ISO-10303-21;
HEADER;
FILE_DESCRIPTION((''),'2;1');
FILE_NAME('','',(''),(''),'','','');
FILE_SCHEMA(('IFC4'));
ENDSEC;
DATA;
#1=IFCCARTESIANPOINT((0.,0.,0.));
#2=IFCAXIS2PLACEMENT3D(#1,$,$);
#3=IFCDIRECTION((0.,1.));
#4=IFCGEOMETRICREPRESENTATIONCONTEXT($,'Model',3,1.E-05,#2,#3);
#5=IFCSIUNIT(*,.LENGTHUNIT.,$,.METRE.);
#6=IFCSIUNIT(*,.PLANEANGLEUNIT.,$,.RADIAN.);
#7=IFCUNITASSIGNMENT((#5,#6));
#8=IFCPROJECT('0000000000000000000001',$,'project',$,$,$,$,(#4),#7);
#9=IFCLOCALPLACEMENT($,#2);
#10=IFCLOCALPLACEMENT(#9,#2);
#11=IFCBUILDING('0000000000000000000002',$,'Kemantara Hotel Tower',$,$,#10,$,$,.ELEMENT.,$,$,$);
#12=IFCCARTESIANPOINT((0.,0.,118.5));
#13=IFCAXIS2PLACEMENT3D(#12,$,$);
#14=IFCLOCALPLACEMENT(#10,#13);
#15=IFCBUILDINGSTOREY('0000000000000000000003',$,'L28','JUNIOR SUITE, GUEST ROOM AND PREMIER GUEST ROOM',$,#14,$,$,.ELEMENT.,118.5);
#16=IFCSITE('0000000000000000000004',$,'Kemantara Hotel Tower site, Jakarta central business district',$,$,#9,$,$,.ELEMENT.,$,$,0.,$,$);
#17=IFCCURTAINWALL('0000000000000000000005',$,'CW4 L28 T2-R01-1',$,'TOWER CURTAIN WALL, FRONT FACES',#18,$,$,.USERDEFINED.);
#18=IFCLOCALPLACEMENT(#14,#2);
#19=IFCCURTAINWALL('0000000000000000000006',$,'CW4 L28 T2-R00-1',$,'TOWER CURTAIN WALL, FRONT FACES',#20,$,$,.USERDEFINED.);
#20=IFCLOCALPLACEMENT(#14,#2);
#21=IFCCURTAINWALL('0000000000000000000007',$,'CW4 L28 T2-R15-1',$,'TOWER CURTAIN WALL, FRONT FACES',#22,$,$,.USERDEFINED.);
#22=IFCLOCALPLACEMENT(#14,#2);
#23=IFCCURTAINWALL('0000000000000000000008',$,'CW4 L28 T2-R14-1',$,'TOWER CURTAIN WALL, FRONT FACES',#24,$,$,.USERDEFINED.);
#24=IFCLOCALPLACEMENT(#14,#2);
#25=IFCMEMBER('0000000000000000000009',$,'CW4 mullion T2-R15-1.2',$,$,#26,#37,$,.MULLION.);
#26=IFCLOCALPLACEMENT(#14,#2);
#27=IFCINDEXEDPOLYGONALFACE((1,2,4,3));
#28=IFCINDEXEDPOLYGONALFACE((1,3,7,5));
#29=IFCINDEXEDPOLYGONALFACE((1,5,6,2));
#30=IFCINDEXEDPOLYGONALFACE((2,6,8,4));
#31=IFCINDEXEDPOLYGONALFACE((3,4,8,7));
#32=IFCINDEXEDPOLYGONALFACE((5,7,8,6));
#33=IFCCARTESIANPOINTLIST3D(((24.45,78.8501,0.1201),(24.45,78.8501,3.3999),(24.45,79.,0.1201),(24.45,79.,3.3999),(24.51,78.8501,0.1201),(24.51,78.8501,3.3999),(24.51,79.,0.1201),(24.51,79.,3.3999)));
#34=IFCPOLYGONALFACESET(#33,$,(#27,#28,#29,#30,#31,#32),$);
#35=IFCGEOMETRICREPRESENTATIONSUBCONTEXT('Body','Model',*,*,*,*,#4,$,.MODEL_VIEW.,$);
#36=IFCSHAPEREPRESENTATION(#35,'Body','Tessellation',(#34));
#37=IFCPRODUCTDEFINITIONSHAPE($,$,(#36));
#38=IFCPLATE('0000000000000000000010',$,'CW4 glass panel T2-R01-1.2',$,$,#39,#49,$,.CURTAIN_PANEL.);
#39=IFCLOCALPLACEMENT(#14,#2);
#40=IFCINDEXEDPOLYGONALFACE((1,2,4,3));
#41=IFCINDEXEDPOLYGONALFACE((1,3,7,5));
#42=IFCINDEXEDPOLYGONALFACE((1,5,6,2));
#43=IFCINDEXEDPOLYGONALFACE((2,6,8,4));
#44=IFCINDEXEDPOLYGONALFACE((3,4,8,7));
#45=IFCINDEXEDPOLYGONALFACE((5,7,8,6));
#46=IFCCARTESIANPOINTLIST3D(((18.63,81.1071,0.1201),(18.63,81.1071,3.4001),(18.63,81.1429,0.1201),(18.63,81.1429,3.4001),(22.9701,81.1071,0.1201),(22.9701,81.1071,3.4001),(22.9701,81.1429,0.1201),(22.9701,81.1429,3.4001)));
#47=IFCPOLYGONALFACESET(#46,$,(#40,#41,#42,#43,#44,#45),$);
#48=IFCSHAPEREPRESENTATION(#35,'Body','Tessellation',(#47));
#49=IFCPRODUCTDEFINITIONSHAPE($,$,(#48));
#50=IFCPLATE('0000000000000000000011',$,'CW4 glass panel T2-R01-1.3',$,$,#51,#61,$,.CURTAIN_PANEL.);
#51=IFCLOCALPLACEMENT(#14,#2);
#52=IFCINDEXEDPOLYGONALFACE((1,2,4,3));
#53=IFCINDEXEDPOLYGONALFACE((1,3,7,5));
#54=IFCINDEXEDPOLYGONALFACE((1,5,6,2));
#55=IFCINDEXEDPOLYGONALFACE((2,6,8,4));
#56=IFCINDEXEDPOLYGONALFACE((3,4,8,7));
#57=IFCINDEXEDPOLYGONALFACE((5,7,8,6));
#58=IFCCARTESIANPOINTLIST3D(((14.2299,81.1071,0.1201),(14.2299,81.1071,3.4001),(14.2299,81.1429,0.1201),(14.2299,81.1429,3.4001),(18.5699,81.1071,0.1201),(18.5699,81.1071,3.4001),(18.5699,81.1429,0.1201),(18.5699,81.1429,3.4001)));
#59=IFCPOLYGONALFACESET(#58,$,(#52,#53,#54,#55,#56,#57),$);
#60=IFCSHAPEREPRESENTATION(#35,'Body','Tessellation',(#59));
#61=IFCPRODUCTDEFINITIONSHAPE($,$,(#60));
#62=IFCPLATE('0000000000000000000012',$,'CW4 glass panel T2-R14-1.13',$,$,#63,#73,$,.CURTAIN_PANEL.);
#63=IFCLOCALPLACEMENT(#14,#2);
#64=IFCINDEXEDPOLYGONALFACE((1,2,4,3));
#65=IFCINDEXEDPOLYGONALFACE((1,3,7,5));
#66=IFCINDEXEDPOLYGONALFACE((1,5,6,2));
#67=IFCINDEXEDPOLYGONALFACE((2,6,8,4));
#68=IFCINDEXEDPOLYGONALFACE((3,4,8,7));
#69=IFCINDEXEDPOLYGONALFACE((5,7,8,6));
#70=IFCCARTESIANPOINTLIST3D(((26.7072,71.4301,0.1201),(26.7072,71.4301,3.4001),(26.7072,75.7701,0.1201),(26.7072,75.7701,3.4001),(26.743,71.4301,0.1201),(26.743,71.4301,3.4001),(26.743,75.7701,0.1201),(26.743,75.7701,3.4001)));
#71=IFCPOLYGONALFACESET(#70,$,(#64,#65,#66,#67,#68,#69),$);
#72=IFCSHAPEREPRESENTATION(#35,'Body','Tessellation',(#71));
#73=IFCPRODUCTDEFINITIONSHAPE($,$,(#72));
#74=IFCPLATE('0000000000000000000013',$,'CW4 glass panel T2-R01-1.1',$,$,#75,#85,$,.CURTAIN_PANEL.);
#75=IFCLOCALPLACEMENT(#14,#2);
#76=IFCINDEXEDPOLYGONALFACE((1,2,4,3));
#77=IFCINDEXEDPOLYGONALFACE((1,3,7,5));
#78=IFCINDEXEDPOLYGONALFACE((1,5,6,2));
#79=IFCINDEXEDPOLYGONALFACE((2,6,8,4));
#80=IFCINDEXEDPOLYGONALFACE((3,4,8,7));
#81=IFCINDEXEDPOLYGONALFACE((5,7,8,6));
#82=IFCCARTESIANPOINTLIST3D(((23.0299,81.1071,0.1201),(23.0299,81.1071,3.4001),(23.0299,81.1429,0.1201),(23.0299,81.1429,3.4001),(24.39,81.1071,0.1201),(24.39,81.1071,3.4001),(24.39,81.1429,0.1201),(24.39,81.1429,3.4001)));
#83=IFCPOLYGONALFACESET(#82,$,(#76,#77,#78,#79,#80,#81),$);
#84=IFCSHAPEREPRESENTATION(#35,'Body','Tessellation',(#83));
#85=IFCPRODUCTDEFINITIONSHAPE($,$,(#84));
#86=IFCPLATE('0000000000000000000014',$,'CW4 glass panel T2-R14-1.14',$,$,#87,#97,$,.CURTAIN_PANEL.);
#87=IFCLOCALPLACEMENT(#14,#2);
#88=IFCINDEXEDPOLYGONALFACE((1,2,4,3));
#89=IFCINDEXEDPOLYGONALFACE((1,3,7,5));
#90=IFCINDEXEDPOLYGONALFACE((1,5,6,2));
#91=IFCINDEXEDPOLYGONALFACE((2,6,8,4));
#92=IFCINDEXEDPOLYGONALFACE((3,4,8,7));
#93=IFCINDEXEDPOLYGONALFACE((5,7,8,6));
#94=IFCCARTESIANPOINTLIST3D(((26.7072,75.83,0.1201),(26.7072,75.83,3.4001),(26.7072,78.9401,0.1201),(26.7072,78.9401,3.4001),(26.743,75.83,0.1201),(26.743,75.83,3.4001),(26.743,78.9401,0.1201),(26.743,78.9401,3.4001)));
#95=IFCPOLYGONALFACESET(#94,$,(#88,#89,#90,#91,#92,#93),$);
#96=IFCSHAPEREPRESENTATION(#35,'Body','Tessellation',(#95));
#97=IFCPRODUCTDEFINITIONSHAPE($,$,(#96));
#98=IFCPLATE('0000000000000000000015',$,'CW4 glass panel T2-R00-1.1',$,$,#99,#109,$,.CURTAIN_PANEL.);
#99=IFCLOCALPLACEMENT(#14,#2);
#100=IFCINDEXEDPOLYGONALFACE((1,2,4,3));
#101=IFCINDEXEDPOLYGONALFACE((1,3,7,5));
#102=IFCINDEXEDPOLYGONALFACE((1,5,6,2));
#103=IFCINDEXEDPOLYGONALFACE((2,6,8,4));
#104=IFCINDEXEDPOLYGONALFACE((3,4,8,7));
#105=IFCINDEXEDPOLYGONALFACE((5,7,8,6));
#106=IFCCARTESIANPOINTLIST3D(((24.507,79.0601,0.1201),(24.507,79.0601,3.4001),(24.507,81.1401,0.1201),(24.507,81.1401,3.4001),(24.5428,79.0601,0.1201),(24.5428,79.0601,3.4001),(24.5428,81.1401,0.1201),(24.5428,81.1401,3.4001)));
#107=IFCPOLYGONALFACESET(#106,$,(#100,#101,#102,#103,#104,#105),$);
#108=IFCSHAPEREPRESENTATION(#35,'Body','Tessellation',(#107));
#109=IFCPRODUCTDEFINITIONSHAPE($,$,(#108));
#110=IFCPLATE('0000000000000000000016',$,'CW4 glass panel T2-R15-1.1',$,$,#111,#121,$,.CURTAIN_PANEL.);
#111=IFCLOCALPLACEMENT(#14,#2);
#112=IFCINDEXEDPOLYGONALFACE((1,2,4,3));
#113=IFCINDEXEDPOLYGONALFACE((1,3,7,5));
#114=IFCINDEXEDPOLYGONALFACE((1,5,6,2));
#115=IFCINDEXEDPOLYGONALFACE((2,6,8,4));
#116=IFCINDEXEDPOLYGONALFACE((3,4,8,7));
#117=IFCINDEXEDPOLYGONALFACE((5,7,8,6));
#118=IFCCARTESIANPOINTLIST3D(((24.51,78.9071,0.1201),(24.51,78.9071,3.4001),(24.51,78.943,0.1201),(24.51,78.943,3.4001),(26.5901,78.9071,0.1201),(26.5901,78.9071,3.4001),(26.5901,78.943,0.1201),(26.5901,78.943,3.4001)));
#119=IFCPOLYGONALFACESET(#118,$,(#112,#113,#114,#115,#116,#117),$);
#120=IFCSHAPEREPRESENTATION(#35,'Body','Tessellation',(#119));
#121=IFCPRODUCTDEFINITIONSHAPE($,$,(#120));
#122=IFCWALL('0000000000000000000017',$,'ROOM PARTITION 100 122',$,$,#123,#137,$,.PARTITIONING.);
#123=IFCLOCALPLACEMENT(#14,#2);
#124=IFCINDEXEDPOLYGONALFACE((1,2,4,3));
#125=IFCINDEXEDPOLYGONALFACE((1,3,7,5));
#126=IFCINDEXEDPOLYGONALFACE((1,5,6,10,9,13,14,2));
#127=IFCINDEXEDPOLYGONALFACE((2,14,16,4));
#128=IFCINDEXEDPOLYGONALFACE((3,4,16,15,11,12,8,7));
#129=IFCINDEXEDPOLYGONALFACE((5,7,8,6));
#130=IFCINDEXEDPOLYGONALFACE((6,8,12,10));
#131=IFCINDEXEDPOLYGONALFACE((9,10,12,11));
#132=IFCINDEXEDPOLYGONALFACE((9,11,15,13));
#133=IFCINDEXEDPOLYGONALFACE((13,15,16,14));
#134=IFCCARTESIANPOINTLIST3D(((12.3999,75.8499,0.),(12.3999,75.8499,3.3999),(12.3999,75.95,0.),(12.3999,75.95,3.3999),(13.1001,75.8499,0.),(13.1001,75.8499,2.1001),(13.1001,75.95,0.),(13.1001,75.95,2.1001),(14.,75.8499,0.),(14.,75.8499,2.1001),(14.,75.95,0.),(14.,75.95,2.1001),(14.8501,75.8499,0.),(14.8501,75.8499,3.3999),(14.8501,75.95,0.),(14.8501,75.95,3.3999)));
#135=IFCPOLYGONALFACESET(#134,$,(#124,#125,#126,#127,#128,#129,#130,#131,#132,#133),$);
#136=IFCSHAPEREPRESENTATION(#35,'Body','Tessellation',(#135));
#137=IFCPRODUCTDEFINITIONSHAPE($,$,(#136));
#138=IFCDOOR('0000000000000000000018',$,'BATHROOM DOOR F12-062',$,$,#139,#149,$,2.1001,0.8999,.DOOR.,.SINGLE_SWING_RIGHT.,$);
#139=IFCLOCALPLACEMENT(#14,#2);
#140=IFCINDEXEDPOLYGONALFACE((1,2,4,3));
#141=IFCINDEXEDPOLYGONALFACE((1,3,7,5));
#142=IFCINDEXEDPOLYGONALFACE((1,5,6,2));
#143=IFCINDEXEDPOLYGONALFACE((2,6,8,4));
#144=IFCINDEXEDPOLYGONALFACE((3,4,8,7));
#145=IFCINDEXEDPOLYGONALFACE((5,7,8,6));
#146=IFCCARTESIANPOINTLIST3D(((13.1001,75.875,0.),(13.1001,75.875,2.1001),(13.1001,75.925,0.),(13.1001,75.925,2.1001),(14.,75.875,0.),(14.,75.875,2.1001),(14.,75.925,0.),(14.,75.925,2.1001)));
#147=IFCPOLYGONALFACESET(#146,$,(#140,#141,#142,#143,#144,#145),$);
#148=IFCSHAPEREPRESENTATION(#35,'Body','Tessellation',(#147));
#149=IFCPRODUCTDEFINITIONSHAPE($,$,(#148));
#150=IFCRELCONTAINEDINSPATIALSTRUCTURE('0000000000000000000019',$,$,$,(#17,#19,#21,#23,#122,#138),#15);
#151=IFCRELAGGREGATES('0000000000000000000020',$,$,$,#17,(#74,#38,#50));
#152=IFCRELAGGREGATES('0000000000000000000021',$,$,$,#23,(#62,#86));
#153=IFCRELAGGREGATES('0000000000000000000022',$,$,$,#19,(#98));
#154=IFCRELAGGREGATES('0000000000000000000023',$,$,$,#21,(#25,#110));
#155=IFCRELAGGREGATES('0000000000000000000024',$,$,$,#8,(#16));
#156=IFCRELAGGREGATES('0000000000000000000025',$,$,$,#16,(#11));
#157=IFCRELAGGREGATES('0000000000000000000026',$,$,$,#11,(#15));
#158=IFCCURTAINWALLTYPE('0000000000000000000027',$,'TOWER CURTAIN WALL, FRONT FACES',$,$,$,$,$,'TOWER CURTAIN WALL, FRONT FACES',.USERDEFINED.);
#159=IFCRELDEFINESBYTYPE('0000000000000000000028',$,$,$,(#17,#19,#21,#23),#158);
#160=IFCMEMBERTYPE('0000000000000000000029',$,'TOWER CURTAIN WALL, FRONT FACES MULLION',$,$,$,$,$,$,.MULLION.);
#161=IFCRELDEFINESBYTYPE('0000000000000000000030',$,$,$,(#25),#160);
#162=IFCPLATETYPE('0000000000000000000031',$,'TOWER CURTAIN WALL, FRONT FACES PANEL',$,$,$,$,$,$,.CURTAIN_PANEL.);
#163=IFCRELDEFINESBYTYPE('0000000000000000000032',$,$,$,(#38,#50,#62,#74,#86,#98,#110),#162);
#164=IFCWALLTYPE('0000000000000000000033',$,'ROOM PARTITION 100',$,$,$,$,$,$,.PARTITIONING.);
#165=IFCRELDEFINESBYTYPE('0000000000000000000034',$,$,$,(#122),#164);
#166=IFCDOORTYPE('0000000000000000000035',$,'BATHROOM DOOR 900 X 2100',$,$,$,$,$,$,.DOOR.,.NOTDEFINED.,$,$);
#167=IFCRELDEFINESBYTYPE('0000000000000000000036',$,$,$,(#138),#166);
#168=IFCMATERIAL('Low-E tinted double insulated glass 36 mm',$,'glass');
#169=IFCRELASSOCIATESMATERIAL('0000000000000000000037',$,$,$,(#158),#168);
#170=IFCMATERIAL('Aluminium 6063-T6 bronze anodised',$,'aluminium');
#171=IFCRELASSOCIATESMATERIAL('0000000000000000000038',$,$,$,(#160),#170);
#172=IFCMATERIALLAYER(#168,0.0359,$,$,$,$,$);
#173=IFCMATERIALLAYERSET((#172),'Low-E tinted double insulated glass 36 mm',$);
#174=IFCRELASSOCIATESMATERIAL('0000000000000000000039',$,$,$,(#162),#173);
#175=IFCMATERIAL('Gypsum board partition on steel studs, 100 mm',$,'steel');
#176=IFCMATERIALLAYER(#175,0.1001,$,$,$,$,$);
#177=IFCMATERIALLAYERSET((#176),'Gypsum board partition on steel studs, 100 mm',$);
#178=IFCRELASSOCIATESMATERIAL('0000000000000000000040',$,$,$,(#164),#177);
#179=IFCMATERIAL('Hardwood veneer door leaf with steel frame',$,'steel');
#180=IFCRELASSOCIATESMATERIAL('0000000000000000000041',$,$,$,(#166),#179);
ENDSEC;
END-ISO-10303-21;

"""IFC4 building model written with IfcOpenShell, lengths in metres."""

from ifc_helpers import new_model, si_unit, direction, frame, frame_2d, origin, origin_2d, place, context, subcontext, project, spatial, rectangle, extrude, source, transform, mapped, material, layer, layer_set, material_profile, profile_set, type_object, element, fill, aggregate, save


model = new_model("IFC4")

# Units and contexts
model_context = context("Model", 3, precision=1e-05, world=origin(), true_north=direction((0.0, 1.0)))
body_context = subcontext(model_context, "Body", "Model", "MODEL_VIEW")
ifc_project = project(units=[si_unit("LENGTHUNIT", "METRE"), si_unit("PLANEANGLEUNIT", "RADIAN")], contexts=[model_context])

# Site, building, storey
site_placement = place(None, origin())
site = spatial("IfcSite", under=ifc_project, at=site_placement, Name="Kemantara Hotel Tower site, Jakarta central business district", CompositionType="ELEMENT", RefElevation=0.0)
building_placement = place(site_placement, origin())
building = spatial("IfcBuilding", under=site, at=building_placement, Name="Kemantara Hotel Tower", CompositionType="ELEMENT")
storey_placement = place(building_placement, frame((0.0, 0.0, 118.5)))
storey = spatial("IfcBuildingStorey", under=building, at=storey_placement, Name="L28", Description="JUNIOR SUITE, GUEST ROOM AND PREMIER GUEST ROOM", CompositionType="ELEMENT", Elevation=118.5)

# Curtain walls
ifc_material_1 = material(Name="Low-E tinted double insulated glass 36 mm", Category="glass")
curtain_wall_type = type_object("IfcCurtainWallType", Name="TOWER CURTAIN WALL, FRONT FACES", ElementType="TOWER CURTAIN WALL, FRONT FACES", PredefinedType="USERDEFINED", material=ifc_material_1)
curtain_wall_1_placement = place(storey_placement, origin())
curtain_wall_1 = element("IfcCurtainWall", 1, at=curtain_wall_1_placement, inside=storey, type_object=curtain_wall_type, Name="CW4 L28 T2-R01-1", ObjectType="TOWER CURTAIN WALL, FRONT FACES", PredefinedType="USERDEFINED")
ifc_material_2 = material(Name="Aluminium 6063-T6 bronze anodised", Category="aluminium")
curtain_wall_2_placement = place(storey_placement, origin())
curtain_wall_2 = element("IfcCurtainWall", 2, at=curtain_wall_2_placement, inside=storey, type_object=curtain_wall_type, Name="CW4 L28 T2-R00-1", ObjectType="TOWER CURTAIN WALL, FRONT FACES", PredefinedType="USERDEFINED")
curtain_wall_3_placement = place(storey_placement, origin())
curtain_wall_3 = element("IfcCurtainWall", 3, at=curtain_wall_3_placement, inside=storey, type_object=curtain_wall_type, Name="CW4 L28 T2-R15-1", ObjectType="TOWER CURTAIN WALL, FRONT FACES", PredefinedType="USERDEFINED")

# Shared definitions
ifc_material_profile_1 = material_profile(ifc_material_2, rectangle(XDim=0.1499, YDim=0.0601, at=origin_2d()), Name="TOWER CURTAIN WALL, FRONT FACES MULLION")
ifc_profile_set_1 = profile_set([ifc_material_profile_1], Name="Aluminium 6063-T6 bronze anodised")
member_type_1 = type_object("IfcMemberType", Name="TOWER CURTAIN WALL, FRONT FACES MULLION", PredefinedType="MULLION", material=ifc_profile_set_1)
shared_shape_1 = source(origin(), body_context, "Body", "SweptSolid", [
    extrude(rectangle(XDim=0.1499, YDim=0.0601, at=origin_2d()), origin(), (0.0, 0.0, 1.0), 3.2798),
])

# Curtain wall
curtain_wall_4_placement = place(storey_placement, origin())
curtain_wall_4 = element("IfcCurtainWall", 4, at=curtain_wall_4_placement, inside=storey, type_object=curtain_wall_type, Name="CW4 L28 T2-R14-1", ObjectType="TOWER CURTAIN WALL, FRONT FACES", PredefinedType="USERDEFINED")

# Member
member_1_placement = place(storey_placement, frame((24.48, 78.925, 0.1201), z_axis=(0.0, 0.0, 1.0), x_axis=(0.0, -1.0, 0.0)))
member_1 = element("IfcMember", 5, at=member_1_placement, type_object=member_type_1, Name="CW4 mullion T2-R15-1.2", PredefinedType="MULLION", context=body_context, shape_type="MappedRepresentation", body=[
    mapped(shared_shape_1, transform((0.0, 0.0, 0.0))),
])

# Plates
ifc_layer_1 = layer(ifc_material_1, 0.0359)
ifc_layer_set_1 = layer_set([ifc_layer_1], Name="Low-E tinted double insulated glass 36 mm")
plate_type = type_object("IfcPlateType", Name="TOWER CURTAIN WALL, FRONT FACES PANEL", PredefinedType="CURTAIN_PANEL", material=ifc_layer_set_1)
shared_shape_2 = source(origin(), body_context, "Body", "SweptSolid", [
    extrude(rectangle(XDim=4.3401, YDim=0.0359, at=origin_2d()), origin(), (0.0, 0.0, 1.0), 3.28),
])
plate_1_placement = place(storey_placement, frame((20.8, 81.125, 0.1201), z_axis=(0.0, 0.0, 1.0), x_axis=(-1.0, 0.0, 0.0)))
plate_1 = element("IfcPlate", 6, at=plate_1_placement, type_object=plate_type, Name="CW4 glass panel T2-R01-1.2", PredefinedType="CURTAIN_PANEL", context=body_context, shape_type="MappedRepresentation", body=[
    mapped(shared_shape_2, transform((0.0, 0.0, 0.0))),
])
plate_2_placement = place(storey_placement, frame((16.3999, 81.125, 0.1201), z_axis=(0.0, 0.0, 1.0), x_axis=(-1.0, 0.0, 0.0)))
plate_2 = element("IfcPlate", 7, at=plate_2_placement, type_object=plate_type, Name="CW4 glass panel T2-R01-1.3", PredefinedType="CURTAIN_PANEL", context=body_context, shape_type="MappedRepresentation", body=[
    mapped(shared_shape_2, transform((0.0, 0.0, 0.0))),
])
plate_3_placement = place(storey_placement, frame((26.7251, 73.6001, 0.1201), z_axis=(0.0, 0.0, 1.0), x_axis=(0.0, 1.0, 0.0)))
plate_3 = element("IfcPlate", 8, at=plate_3_placement, type_object=plate_type, Name="CW4 glass panel T2-R14-1.13", PredefinedType="CURTAIN_PANEL", context=body_context, shape_type="MappedRepresentation", body=[
    mapped(shared_shape_2, transform((0.0, 0.0, 0.0))),
])
shared_shape_3 = source(origin(), body_context, "Body", "SweptSolid", [
    extrude(rectangle(XDim=1.3601, YDim=0.0359, at=origin_2d()), origin(), (0.0, 0.0, 1.0), 3.28),
])
plate_4_placement = place(storey_placement, frame((23.71, 81.125, 0.1201), z_axis=(0.0, 0.0, 1.0), x_axis=(-1.0, 0.0, 0.0)))
plate_4 = element("IfcPlate", 9, at=plate_4_placement, type_object=plate_type, Name="CW4 glass panel T2-R01-1.1", PredefinedType="CURTAIN_PANEL", context=body_context, shape_type="MappedRepresentation", body=[
    mapped(shared_shape_3, transform((0.0, 0.0, 0.0))),
])
aggregate(curtain_wall_1, [plate_4, plate_1, plate_2])
shared_shape_4 = source(origin(), body_context, "Body", "SweptSolid", [
    extrude(rectangle(XDim=3.1101, YDim=0.0359, at=origin_2d()), origin(), (0.0, 0.0, 1.0), 3.28),
])
plate_5_placement = place(storey_placement, frame((26.7251, 77.385, 0.1201), z_axis=(0.0, 0.0, 1.0), x_axis=(0.0, 1.0, 0.0)))
plate_5 = element("IfcPlate", 10, at=plate_5_placement, type_object=plate_type, Name="CW4 glass panel T2-R14-1.14", PredefinedType="CURTAIN_PANEL", context=body_context, shape_type="MappedRepresentation", body=[
    mapped(shared_shape_4, transform((0.0, 0.0, 0.0))),
])
aggregate(curtain_wall_4, [plate_3, plate_5])
shared_shape_5 = source(origin(), body_context, "Body", "SweptSolid", [
    extrude(rectangle(XDim=2.0801, YDim=0.0359, at=origin_2d()), origin(), (0.0, 0.0, 1.0), 3.28),
])
plate_6_placement = place(storey_placement, frame((24.5249, 80.1001, 0.1201), z_axis=(0.0, 0.0, 1.0), x_axis=(0.0, 1.0, 0.0)))
plate_6 = element("IfcPlate", 11, at=plate_6_placement, type_object=plate_type, Name="CW4 glass panel T2-R00-1.1", PredefinedType="CURTAIN_PANEL", context=body_context, shape_type="MappedRepresentation", body=[
    mapped(shared_shape_5, transform((0.0, 0.0, 0.0))),
])
aggregate(curtain_wall_2, [plate_6])
plate_7_placement = place(storey_placement, frame((25.55, 78.925, 0.1201), z_axis=(0.0, 0.0, 1.0), x_axis=(-1.0, 0.0, 0.0)))
plate_7 = element("IfcPlate", 12, at=plate_7_placement, type_object=plate_type, Name="CW4 glass panel T2-R15-1.1", PredefinedType="CURTAIN_PANEL", context=body_context, shape_type="MappedRepresentation", body=[
    mapped(shared_shape_5, transform((0.0, 0.0, 0.0))),
])
aggregate(curtain_wall_3, [member_1, plate_7])

# Wall, opening, door
ifc_material_3 = material(Name="Gypsum board partition on steel studs, 100 mm", Category="steel")
ifc_layer_2 = layer(ifc_material_3, 0.1001)
ifc_layer_set_2 = layer_set([ifc_layer_2], Name="Gypsum board partition on steel studs, 100 mm")
wall_type = type_object("IfcWallType", Name="ROOM PARTITION 100", PredefinedType="PARTITIONING", material=ifc_layer_set_2)
wall_placement = place(storey_placement, frame((14.8501, 75.8999, 0.0), z_axis=(0.0, 0.0, 1.0), x_axis=(-1.0, 0.0, 0.0)))
wall = element("IfcWall", 13, at=wall_placement, inside=storey, type_object=wall_type, Name="ROOM PARTITION 100 122", PredefinedType="PARTITIONING", context=body_context, shape_type="SweptSolid", body=[
    extrude(rectangle(XDim=2.4502, YDim=0.1001, at=frame_2d((1.2251, 0.0))), origin(), (0.0, 0.0, 1.0), 3.3999),
])
opening_placement = place(wall_placement, frame((0.8501, 0.0, 0.0)))
opening = element("IfcOpeningElement", 14, at=opening_placement, cuts=wall, PredefinedType="OPENING", context=body_context, shape_type="SweptSolid", body=[
    extrude(rectangle(XDim=0.8999, YDim=2.1001, at=frame_2d((0.45, 1.05))), frame((0.0, 0.0601, 0.0), z_axis=(0.0, -1.0, 0.0), x_axis=(1.0, 0.0, 0.0)), (0.0, 0.0, 1.0), 0.1201),
])
ifc_material_4 = material(Name="Hardwood veneer door leaf with steel frame", Category="steel")
door_type = type_object("IfcDoorType", Name="BATHROOM DOOR 900 X 2100", OperationType="NOTDEFINED", PredefinedType="DOOR", material=ifc_material_4)
door_placement = place(opening_placement, origin())
door = element("IfcDoor", 15, at=door_placement, inside=storey, type_object=door_type, Name="BATHROOM DOOR F12-062", OperationType="SINGLE_SWING_RIGHT", OverallHeight=2.1001, OverallWidth=0.8999, PredefinedType="DOOR", context=body_context, shape_type="SweptSolid", body=[
    extrude(rectangle(XDim=0.8999, YDim=2.1001, at=frame_2d((0.45, 1.05))), frame((0.0, 0.0249, 0.0), z_axis=(0.0, -1.0, 0.0), x_axis=(1.0, 0.0, 0.0)), (0.0, 0.0, 1.0), 0.05),
])
fill(opening, door)

save(model, "model.ifc")
